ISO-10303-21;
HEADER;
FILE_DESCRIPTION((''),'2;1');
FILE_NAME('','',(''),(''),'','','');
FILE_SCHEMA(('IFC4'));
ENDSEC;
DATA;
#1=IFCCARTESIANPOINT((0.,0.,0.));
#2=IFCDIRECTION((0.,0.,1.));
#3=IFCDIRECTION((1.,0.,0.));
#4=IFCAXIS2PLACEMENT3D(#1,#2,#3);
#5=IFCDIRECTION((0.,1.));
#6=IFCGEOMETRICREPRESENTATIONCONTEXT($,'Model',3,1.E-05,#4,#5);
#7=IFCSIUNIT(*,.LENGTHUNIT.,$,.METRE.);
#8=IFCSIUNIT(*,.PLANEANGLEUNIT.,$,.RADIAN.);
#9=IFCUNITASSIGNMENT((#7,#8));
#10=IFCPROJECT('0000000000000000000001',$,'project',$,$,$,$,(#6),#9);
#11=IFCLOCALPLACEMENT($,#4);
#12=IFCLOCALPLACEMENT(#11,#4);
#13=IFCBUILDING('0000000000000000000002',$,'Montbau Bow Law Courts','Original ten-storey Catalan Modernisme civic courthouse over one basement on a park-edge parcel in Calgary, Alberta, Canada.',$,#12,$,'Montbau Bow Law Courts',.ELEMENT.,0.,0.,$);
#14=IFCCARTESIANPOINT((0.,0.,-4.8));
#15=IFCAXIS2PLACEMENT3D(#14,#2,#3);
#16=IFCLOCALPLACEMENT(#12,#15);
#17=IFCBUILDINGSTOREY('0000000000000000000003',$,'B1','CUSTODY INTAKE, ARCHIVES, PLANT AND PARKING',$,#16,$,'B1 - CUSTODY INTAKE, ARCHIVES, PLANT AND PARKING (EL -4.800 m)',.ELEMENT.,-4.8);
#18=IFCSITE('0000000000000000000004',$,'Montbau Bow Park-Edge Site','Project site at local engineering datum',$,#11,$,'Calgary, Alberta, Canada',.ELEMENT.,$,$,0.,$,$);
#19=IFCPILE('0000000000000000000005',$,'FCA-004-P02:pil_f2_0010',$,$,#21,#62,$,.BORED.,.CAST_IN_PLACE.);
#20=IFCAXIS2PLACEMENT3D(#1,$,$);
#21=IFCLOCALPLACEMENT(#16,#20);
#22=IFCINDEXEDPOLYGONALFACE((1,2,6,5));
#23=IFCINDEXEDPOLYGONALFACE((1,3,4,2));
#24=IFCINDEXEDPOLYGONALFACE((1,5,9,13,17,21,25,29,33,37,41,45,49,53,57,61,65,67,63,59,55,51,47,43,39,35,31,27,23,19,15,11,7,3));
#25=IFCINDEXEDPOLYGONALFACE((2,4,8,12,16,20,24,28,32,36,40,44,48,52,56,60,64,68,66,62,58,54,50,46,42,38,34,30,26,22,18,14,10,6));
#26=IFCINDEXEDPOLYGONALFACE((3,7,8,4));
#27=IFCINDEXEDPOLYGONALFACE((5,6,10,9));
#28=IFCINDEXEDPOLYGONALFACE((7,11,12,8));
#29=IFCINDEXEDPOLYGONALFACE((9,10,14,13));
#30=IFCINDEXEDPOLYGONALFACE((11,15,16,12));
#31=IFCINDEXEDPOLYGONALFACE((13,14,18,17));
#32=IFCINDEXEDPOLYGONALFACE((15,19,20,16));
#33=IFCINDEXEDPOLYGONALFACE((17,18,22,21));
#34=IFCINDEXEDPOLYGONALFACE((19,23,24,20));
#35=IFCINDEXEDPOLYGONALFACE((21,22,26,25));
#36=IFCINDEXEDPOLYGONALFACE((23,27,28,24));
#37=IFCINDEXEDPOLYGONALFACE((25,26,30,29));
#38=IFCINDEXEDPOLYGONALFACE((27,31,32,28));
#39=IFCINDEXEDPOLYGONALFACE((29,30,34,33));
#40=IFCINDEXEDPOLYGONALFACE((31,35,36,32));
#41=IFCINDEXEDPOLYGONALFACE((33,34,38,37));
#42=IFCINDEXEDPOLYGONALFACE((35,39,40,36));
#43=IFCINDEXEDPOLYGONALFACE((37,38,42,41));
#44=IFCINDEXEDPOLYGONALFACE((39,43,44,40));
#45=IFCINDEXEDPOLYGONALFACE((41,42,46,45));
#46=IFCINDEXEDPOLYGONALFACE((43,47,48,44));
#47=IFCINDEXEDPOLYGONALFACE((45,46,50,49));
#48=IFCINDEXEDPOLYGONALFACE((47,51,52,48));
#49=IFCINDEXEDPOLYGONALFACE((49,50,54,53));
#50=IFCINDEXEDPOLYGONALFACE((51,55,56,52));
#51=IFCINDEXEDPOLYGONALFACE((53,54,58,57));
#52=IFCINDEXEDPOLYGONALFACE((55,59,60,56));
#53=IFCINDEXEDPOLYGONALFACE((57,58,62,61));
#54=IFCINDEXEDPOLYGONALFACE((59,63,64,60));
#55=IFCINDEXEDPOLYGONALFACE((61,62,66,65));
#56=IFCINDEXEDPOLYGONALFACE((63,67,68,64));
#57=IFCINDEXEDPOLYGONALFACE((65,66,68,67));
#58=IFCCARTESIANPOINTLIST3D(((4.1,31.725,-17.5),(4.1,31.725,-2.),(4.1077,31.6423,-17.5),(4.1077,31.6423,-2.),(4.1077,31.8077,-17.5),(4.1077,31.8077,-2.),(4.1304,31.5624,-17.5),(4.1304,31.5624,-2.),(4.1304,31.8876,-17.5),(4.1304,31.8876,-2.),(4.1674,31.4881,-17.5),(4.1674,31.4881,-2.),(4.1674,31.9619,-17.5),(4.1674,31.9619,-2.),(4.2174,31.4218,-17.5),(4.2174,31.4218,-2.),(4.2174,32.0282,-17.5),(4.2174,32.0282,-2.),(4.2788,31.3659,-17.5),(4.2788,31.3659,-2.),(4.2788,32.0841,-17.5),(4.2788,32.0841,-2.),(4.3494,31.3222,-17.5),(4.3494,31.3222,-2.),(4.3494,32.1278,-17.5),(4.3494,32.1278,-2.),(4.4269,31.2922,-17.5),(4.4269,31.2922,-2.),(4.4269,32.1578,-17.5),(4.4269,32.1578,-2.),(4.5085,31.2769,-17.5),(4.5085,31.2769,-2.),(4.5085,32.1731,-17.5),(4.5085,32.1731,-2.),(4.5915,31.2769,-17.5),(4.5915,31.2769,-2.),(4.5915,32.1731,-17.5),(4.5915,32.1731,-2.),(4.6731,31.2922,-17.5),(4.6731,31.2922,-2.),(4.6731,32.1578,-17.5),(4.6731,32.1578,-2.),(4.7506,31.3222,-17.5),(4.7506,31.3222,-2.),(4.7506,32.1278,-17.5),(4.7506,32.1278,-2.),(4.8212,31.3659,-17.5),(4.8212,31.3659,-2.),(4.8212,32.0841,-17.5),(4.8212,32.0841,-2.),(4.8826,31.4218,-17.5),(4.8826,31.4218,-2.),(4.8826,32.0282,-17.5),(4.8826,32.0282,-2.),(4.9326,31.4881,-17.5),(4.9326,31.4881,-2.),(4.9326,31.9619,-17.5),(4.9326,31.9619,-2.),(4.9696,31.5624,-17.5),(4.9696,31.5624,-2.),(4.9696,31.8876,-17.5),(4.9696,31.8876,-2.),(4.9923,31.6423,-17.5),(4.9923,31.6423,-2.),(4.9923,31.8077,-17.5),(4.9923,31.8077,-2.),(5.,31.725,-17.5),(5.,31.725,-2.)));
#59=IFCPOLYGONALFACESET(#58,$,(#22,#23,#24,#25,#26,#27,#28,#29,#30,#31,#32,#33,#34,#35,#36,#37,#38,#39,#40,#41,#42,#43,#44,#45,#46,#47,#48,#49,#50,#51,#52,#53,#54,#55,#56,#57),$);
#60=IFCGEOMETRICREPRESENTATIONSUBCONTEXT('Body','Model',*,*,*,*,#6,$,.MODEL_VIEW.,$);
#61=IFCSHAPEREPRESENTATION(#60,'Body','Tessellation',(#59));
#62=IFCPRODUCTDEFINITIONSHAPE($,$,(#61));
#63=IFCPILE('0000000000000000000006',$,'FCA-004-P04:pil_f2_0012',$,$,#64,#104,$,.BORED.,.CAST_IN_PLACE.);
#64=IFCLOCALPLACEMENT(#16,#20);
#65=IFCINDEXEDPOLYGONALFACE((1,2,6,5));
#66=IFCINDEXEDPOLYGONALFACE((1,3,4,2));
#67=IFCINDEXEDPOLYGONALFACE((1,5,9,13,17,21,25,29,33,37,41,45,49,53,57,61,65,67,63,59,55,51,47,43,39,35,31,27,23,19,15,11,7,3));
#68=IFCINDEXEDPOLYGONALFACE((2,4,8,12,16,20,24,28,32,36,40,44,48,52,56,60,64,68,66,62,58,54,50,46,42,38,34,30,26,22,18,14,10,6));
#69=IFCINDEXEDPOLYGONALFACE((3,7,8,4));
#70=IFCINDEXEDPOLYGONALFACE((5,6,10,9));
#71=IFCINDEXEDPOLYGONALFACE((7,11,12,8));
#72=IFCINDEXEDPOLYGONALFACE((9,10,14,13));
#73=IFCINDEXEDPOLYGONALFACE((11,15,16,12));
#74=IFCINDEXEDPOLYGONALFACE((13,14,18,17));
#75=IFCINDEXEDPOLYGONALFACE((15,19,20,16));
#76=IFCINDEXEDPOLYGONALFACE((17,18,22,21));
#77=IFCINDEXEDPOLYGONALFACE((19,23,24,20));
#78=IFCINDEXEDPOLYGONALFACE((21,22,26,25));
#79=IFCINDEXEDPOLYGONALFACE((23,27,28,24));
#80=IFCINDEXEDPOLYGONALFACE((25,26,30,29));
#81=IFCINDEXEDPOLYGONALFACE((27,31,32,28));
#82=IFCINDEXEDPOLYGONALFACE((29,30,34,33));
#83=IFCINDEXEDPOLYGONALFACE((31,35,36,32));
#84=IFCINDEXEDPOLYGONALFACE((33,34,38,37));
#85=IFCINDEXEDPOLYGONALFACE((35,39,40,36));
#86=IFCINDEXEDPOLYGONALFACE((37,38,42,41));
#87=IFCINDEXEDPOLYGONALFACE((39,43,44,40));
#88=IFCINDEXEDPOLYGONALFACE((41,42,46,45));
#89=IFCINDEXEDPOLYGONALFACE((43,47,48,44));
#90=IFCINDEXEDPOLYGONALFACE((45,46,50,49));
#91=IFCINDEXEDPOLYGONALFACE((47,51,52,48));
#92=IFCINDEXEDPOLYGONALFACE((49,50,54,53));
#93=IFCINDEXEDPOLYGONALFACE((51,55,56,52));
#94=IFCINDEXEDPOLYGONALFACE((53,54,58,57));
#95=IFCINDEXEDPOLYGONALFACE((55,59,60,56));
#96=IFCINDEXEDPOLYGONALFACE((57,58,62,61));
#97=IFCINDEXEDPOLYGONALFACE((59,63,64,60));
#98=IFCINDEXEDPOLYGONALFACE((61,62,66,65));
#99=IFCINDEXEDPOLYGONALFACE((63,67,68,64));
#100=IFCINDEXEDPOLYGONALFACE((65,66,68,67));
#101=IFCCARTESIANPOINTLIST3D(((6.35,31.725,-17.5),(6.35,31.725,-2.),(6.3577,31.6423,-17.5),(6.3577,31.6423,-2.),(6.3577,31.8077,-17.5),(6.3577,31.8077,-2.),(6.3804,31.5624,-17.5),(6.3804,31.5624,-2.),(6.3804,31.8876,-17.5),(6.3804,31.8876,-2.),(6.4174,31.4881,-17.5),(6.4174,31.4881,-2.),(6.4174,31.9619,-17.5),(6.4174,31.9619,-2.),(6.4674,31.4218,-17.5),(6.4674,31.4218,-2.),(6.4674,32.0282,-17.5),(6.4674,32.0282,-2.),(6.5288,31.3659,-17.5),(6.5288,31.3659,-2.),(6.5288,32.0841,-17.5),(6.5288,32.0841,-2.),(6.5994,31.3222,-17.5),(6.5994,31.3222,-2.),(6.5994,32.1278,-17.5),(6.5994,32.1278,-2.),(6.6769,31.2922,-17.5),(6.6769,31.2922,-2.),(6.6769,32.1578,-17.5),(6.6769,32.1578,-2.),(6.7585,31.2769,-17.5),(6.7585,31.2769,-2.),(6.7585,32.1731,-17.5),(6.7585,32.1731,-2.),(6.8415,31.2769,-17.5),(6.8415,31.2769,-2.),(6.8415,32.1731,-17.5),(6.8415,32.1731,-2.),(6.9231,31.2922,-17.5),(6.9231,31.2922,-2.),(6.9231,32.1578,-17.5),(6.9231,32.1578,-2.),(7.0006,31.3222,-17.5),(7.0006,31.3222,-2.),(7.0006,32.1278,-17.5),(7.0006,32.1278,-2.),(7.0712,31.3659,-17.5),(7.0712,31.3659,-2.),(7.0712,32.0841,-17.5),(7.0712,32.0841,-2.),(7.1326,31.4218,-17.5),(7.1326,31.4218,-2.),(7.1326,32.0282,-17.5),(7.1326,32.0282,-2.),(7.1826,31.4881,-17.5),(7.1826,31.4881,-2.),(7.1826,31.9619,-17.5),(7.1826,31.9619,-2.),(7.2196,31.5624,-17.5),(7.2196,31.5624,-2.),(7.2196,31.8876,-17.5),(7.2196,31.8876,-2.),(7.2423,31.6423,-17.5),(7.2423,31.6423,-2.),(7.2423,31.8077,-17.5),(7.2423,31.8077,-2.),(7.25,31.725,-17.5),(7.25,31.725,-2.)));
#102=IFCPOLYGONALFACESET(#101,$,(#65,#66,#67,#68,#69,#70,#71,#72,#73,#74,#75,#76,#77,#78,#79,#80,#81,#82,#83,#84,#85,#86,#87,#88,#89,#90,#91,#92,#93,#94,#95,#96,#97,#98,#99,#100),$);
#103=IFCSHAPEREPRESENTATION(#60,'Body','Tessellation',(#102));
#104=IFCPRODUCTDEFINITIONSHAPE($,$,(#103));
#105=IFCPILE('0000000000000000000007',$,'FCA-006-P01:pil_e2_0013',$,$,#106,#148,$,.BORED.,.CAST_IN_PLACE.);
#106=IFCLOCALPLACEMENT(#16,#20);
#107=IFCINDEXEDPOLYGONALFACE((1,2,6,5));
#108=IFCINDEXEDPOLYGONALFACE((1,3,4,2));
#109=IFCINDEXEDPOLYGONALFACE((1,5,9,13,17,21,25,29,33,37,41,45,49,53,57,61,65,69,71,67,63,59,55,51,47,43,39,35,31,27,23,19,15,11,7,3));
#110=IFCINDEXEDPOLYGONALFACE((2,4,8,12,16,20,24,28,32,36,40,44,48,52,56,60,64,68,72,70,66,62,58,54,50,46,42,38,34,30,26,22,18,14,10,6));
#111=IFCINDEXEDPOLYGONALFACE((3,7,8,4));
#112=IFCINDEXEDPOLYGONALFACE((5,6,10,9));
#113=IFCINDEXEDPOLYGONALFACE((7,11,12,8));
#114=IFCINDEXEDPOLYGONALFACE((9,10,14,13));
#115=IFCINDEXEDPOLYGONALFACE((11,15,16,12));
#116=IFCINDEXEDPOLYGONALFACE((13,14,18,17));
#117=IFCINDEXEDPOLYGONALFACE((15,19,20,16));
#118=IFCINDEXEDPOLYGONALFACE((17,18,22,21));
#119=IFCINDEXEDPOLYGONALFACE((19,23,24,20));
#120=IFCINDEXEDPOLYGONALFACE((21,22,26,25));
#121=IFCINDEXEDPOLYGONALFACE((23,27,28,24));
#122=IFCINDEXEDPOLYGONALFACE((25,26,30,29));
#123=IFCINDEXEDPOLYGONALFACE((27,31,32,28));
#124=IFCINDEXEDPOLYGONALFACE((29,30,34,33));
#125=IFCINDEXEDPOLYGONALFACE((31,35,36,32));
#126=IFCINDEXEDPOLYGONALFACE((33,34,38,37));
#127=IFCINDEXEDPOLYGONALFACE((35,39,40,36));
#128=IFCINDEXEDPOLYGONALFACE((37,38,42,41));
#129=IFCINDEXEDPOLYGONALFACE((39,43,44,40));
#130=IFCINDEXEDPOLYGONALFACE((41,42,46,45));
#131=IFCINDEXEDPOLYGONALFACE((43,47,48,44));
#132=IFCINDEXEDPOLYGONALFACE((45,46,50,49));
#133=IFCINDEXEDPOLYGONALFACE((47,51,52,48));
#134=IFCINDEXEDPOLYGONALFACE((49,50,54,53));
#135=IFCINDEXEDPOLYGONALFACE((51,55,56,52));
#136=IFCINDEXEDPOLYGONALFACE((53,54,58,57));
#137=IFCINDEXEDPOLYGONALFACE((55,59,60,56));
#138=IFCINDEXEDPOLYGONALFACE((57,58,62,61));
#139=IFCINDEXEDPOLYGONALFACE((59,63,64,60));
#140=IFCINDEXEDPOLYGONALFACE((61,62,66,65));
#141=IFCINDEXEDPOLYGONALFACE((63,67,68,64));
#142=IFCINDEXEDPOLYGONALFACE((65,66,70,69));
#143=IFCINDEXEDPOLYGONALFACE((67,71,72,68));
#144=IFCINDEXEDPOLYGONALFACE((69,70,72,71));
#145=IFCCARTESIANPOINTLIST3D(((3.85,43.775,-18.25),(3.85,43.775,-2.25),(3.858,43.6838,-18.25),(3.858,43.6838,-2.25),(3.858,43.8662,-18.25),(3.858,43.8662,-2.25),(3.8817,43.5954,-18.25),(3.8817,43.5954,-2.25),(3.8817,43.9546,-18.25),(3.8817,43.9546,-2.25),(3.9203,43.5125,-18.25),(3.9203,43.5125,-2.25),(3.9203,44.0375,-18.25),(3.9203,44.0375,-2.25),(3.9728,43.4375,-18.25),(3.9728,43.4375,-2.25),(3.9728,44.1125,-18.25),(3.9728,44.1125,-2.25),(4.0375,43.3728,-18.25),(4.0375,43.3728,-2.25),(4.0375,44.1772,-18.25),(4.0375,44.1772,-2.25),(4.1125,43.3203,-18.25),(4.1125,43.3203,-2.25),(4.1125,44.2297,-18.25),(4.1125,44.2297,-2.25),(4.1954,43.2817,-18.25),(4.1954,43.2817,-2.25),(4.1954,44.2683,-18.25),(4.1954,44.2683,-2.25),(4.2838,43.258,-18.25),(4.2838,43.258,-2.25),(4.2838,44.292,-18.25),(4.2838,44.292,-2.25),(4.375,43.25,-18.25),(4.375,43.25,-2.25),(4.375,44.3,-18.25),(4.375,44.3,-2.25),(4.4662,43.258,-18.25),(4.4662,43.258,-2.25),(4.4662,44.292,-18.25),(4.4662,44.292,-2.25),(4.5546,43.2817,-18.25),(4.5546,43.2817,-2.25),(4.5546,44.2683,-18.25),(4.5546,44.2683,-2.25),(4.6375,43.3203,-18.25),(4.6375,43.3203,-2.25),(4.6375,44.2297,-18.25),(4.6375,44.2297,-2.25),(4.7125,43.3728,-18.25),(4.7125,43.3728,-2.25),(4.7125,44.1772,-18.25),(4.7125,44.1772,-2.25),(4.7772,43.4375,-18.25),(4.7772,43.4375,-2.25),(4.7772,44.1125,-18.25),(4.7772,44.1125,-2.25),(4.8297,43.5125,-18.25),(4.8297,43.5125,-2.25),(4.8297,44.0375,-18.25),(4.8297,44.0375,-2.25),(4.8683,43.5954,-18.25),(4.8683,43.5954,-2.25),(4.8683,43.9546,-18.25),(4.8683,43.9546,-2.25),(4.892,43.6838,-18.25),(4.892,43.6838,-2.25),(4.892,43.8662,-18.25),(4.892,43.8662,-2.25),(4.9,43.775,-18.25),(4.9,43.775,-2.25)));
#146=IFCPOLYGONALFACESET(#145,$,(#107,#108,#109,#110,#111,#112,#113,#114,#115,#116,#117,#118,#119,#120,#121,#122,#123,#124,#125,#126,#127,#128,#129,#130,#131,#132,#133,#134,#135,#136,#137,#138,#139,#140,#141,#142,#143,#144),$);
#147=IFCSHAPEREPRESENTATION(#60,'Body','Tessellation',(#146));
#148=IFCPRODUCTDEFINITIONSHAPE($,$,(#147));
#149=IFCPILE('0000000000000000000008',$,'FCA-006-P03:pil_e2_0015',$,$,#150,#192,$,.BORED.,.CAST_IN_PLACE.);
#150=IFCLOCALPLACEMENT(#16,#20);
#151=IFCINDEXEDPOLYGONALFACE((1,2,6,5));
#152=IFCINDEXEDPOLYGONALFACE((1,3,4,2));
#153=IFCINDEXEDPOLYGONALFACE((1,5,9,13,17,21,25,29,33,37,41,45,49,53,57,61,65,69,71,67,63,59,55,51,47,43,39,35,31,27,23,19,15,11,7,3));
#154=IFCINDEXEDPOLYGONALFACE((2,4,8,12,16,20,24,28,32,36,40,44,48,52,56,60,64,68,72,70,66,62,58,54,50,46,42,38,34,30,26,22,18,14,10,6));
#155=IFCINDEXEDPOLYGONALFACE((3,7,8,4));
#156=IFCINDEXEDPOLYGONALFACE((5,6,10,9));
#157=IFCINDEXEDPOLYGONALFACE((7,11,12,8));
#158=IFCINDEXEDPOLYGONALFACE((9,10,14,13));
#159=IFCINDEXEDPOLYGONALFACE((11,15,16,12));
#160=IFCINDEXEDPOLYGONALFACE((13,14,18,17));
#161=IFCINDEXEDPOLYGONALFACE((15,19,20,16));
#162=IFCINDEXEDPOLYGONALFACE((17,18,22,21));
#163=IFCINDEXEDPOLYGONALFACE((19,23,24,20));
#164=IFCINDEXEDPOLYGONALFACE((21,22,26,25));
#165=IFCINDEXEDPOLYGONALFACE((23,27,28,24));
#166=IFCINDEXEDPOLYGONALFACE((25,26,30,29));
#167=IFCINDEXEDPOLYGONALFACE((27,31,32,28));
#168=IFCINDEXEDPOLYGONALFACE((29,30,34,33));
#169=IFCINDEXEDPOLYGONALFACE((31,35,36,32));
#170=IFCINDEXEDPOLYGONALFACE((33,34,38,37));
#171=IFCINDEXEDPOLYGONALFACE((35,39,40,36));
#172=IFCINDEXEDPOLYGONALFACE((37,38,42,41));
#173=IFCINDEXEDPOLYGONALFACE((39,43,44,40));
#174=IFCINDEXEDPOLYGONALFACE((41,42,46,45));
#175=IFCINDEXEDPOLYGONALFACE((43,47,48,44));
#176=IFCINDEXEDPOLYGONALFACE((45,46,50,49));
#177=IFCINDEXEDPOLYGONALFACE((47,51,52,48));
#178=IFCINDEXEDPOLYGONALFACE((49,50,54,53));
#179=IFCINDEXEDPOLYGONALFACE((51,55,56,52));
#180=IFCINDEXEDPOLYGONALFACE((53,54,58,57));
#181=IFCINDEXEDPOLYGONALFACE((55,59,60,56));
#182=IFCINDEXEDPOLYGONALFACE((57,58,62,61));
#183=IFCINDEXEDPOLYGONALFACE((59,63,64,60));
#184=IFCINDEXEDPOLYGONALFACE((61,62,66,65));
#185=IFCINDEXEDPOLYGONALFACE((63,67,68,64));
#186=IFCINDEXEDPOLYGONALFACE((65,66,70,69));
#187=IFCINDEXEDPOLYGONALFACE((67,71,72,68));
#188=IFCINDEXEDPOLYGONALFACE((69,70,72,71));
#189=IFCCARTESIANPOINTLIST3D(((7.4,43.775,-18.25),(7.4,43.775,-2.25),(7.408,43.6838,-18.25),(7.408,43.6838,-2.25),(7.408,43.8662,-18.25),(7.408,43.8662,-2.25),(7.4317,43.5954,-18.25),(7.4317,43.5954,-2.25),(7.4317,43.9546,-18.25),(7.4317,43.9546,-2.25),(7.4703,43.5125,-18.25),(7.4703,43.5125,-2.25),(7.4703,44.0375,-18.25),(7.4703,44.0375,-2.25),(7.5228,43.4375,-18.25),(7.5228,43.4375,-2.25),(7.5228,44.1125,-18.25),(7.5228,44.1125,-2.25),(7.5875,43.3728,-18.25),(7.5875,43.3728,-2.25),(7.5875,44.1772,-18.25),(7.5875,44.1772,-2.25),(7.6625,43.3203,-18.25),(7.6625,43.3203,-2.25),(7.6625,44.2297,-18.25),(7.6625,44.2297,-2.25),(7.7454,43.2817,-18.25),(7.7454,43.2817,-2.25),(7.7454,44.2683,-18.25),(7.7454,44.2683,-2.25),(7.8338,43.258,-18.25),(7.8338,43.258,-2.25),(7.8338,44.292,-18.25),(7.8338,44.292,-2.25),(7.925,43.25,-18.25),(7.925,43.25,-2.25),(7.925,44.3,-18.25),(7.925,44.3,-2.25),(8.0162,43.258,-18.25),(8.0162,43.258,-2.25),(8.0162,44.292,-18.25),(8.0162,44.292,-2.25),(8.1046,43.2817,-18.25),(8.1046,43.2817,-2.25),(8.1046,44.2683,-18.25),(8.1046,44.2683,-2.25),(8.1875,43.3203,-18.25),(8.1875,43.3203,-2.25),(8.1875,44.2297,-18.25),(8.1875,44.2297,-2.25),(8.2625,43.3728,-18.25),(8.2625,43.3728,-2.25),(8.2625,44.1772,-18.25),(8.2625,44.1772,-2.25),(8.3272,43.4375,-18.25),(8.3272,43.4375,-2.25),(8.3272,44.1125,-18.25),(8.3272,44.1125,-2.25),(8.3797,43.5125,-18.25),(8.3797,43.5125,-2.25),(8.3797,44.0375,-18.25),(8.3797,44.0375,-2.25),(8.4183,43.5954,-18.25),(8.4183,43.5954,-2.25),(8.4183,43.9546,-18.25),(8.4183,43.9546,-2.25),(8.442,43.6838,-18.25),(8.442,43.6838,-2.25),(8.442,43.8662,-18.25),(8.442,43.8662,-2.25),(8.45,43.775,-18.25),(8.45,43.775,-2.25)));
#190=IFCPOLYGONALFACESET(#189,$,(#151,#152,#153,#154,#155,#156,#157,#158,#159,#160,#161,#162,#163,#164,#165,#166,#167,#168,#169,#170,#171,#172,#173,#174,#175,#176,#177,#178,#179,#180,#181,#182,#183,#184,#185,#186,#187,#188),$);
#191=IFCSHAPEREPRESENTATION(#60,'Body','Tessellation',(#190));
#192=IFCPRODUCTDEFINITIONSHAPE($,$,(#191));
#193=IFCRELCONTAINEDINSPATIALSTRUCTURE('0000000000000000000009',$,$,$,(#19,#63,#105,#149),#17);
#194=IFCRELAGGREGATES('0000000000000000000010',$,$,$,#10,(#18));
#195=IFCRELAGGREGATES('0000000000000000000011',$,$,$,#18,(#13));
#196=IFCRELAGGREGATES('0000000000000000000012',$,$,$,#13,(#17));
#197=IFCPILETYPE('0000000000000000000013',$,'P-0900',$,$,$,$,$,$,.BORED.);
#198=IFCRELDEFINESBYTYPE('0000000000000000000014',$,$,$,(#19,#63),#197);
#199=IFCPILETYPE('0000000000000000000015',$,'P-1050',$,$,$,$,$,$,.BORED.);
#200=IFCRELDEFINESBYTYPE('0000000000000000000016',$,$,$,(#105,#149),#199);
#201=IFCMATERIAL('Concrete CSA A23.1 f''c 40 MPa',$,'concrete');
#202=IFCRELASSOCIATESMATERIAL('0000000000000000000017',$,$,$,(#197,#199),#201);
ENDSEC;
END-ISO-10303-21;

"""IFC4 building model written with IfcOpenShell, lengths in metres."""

from ifc_helpers import new_model, si_unit, direction, frame, origin_with_axes, origin_2d_with_axis, place, context, subcontext, project, spatial, circle, extrude, material, material_profile, profile_set, type_object, element, save


model = new_model("IFC4")

# Units and contexts
model_context = context("Model", 3, precision=1e-05, world=origin_with_axes(), true_north=direction((0.0, 1.0)))
body_context = subcontext(model_context, "Body", "Model", "MODEL_VIEW")
ifc_project = project(units=[si_unit("LENGTHUNIT", "METRE"), si_unit("PLANEANGLEUNIT", "RADIAN")], contexts=[model_context])

# Site, building, storey
site_placement = place(None, origin_with_axes())
site = spatial("IfcSite", under=ifc_project, at=site_placement, Name="Montbau Bow Park-Edge Site", Description="Project site at local engineering datum", LongName="Calgary, Alberta, Canada", CompositionType="ELEMENT", RefElevation=0.0)
building_placement = place(site_placement, origin_with_axes())
building = spatial("IfcBuilding", under=site, at=building_placement, Name="Montbau Bow Law Courts", Description="Original ten-storey Catalan Modernisme civic courthouse over one basement on a park-edge parcel in Calgary, Alberta, Canada.", LongName="Montbau Bow Law Courts", CompositionType="ELEMENT", ElevationOfRefHeight=0.0, ElevationOfTerrain=0.0)
storey_placement = place(building_placement, frame((0.0, 0.0, -4.8), z_axis=(0.0, 0.0, 1.0), x_axis=(1.0, 0.0, 0.0)))
storey = spatial("IfcBuildingStorey", under=building, at=storey_placement, Name="B1", Description="CUSTODY INTAKE, ARCHIVES, PLANT AND PARKING", LongName="B1 - CUSTODY INTAKE, ARCHIVES, PLANT AND PARKING (EL -4.800 m)", CompositionType="ELEMENT", Elevation=-4.8)

# Piles
ifc_material = material(Name="Concrete CSA A23.1 f'c 40 MPa", Category="concrete")
ifc_material_profile_1 = material_profile(ifc_material, circle(Radius=0.45, at=origin_2d_with_axis()), Name="BP900", Category="Main", Priority=0)
ifc_profile_set_1 = profile_set([ifc_material_profile_1], Name="Concrete CSA A23.1 f'c 40 MPa")
pile_type_1 = type_object("IfcPileType", Name="P-0900", PredefinedType="BORED", material=ifc_profile_set_1)
for number, where, z_axis, x_axis, name in (
    (1, (4.55, 31.725, -22.3), (0.0, 0.0, 1.0), (1.0, 0.0, 0.0), "FCA-004-P02:pil_f2_0010"),
    (2, (6.8, 31.725, -22.3), (0.0, 0.0, 1.0), (1.0, 0.0, 0.0), "FCA-004-P04:pil_f2_0012"),
):
    element("IfcPile", number, at=place(None, frame(where, z_axis=z_axis, x_axis=x_axis)), inside=storey, type_object=pile_type_1, Name=name, ConstructionType="CAST_IN_PLACE", PredefinedType="BORED", context=body_context, shape_type="SweptSolid", body=[
        extrude(circle(Radius=0.45, at=origin_2d_with_axis()), origin_with_axes(), (0.0, 0.0, 1.0), 15.5),
    ])
ifc_material_profile_2 = material_profile(ifc_material, circle(Radius=0.525, at=origin_2d_with_axis()), Name="BP1050", Category="Main", Priority=0)
ifc_profile_set_2 = profile_set([ifc_material_profile_2], Name="Concrete CSA A23.1 f'c 40 MPa")
pile_type_2 = type_object("IfcPileType", Name="P-1050", PredefinedType="BORED", material=ifc_profile_set_2)
for number, where, z_axis, x_axis, name in (
    (3, (4.375, 43.775, -23.05), (0.0, 0.0, 1.0), (1.0, 0.0, 0.0), "FCA-006-P01:pil_e2_0013"),
    (4, (7.925, 43.775, -23.05), (0.0, 0.0, 1.0), (1.0, 0.0, 0.0), "FCA-006-P03:pil_e2_0015"),
):
    element("IfcPile", number, at=place(None, frame(where, z_axis=z_axis, x_axis=x_axis)), inside=storey, type_object=pile_type_2, Name=name, ConstructionType="CAST_IN_PLACE", PredefinedType="BORED", context=body_context, shape_type="SweptSolid", body=[
        extrude(circle(Radius=0.525, at=origin_2d_with_axis()), origin_with_axes(), (0.0, 0.0, 1.0), 16.0),
    ])

save(model, "model.ifc")
